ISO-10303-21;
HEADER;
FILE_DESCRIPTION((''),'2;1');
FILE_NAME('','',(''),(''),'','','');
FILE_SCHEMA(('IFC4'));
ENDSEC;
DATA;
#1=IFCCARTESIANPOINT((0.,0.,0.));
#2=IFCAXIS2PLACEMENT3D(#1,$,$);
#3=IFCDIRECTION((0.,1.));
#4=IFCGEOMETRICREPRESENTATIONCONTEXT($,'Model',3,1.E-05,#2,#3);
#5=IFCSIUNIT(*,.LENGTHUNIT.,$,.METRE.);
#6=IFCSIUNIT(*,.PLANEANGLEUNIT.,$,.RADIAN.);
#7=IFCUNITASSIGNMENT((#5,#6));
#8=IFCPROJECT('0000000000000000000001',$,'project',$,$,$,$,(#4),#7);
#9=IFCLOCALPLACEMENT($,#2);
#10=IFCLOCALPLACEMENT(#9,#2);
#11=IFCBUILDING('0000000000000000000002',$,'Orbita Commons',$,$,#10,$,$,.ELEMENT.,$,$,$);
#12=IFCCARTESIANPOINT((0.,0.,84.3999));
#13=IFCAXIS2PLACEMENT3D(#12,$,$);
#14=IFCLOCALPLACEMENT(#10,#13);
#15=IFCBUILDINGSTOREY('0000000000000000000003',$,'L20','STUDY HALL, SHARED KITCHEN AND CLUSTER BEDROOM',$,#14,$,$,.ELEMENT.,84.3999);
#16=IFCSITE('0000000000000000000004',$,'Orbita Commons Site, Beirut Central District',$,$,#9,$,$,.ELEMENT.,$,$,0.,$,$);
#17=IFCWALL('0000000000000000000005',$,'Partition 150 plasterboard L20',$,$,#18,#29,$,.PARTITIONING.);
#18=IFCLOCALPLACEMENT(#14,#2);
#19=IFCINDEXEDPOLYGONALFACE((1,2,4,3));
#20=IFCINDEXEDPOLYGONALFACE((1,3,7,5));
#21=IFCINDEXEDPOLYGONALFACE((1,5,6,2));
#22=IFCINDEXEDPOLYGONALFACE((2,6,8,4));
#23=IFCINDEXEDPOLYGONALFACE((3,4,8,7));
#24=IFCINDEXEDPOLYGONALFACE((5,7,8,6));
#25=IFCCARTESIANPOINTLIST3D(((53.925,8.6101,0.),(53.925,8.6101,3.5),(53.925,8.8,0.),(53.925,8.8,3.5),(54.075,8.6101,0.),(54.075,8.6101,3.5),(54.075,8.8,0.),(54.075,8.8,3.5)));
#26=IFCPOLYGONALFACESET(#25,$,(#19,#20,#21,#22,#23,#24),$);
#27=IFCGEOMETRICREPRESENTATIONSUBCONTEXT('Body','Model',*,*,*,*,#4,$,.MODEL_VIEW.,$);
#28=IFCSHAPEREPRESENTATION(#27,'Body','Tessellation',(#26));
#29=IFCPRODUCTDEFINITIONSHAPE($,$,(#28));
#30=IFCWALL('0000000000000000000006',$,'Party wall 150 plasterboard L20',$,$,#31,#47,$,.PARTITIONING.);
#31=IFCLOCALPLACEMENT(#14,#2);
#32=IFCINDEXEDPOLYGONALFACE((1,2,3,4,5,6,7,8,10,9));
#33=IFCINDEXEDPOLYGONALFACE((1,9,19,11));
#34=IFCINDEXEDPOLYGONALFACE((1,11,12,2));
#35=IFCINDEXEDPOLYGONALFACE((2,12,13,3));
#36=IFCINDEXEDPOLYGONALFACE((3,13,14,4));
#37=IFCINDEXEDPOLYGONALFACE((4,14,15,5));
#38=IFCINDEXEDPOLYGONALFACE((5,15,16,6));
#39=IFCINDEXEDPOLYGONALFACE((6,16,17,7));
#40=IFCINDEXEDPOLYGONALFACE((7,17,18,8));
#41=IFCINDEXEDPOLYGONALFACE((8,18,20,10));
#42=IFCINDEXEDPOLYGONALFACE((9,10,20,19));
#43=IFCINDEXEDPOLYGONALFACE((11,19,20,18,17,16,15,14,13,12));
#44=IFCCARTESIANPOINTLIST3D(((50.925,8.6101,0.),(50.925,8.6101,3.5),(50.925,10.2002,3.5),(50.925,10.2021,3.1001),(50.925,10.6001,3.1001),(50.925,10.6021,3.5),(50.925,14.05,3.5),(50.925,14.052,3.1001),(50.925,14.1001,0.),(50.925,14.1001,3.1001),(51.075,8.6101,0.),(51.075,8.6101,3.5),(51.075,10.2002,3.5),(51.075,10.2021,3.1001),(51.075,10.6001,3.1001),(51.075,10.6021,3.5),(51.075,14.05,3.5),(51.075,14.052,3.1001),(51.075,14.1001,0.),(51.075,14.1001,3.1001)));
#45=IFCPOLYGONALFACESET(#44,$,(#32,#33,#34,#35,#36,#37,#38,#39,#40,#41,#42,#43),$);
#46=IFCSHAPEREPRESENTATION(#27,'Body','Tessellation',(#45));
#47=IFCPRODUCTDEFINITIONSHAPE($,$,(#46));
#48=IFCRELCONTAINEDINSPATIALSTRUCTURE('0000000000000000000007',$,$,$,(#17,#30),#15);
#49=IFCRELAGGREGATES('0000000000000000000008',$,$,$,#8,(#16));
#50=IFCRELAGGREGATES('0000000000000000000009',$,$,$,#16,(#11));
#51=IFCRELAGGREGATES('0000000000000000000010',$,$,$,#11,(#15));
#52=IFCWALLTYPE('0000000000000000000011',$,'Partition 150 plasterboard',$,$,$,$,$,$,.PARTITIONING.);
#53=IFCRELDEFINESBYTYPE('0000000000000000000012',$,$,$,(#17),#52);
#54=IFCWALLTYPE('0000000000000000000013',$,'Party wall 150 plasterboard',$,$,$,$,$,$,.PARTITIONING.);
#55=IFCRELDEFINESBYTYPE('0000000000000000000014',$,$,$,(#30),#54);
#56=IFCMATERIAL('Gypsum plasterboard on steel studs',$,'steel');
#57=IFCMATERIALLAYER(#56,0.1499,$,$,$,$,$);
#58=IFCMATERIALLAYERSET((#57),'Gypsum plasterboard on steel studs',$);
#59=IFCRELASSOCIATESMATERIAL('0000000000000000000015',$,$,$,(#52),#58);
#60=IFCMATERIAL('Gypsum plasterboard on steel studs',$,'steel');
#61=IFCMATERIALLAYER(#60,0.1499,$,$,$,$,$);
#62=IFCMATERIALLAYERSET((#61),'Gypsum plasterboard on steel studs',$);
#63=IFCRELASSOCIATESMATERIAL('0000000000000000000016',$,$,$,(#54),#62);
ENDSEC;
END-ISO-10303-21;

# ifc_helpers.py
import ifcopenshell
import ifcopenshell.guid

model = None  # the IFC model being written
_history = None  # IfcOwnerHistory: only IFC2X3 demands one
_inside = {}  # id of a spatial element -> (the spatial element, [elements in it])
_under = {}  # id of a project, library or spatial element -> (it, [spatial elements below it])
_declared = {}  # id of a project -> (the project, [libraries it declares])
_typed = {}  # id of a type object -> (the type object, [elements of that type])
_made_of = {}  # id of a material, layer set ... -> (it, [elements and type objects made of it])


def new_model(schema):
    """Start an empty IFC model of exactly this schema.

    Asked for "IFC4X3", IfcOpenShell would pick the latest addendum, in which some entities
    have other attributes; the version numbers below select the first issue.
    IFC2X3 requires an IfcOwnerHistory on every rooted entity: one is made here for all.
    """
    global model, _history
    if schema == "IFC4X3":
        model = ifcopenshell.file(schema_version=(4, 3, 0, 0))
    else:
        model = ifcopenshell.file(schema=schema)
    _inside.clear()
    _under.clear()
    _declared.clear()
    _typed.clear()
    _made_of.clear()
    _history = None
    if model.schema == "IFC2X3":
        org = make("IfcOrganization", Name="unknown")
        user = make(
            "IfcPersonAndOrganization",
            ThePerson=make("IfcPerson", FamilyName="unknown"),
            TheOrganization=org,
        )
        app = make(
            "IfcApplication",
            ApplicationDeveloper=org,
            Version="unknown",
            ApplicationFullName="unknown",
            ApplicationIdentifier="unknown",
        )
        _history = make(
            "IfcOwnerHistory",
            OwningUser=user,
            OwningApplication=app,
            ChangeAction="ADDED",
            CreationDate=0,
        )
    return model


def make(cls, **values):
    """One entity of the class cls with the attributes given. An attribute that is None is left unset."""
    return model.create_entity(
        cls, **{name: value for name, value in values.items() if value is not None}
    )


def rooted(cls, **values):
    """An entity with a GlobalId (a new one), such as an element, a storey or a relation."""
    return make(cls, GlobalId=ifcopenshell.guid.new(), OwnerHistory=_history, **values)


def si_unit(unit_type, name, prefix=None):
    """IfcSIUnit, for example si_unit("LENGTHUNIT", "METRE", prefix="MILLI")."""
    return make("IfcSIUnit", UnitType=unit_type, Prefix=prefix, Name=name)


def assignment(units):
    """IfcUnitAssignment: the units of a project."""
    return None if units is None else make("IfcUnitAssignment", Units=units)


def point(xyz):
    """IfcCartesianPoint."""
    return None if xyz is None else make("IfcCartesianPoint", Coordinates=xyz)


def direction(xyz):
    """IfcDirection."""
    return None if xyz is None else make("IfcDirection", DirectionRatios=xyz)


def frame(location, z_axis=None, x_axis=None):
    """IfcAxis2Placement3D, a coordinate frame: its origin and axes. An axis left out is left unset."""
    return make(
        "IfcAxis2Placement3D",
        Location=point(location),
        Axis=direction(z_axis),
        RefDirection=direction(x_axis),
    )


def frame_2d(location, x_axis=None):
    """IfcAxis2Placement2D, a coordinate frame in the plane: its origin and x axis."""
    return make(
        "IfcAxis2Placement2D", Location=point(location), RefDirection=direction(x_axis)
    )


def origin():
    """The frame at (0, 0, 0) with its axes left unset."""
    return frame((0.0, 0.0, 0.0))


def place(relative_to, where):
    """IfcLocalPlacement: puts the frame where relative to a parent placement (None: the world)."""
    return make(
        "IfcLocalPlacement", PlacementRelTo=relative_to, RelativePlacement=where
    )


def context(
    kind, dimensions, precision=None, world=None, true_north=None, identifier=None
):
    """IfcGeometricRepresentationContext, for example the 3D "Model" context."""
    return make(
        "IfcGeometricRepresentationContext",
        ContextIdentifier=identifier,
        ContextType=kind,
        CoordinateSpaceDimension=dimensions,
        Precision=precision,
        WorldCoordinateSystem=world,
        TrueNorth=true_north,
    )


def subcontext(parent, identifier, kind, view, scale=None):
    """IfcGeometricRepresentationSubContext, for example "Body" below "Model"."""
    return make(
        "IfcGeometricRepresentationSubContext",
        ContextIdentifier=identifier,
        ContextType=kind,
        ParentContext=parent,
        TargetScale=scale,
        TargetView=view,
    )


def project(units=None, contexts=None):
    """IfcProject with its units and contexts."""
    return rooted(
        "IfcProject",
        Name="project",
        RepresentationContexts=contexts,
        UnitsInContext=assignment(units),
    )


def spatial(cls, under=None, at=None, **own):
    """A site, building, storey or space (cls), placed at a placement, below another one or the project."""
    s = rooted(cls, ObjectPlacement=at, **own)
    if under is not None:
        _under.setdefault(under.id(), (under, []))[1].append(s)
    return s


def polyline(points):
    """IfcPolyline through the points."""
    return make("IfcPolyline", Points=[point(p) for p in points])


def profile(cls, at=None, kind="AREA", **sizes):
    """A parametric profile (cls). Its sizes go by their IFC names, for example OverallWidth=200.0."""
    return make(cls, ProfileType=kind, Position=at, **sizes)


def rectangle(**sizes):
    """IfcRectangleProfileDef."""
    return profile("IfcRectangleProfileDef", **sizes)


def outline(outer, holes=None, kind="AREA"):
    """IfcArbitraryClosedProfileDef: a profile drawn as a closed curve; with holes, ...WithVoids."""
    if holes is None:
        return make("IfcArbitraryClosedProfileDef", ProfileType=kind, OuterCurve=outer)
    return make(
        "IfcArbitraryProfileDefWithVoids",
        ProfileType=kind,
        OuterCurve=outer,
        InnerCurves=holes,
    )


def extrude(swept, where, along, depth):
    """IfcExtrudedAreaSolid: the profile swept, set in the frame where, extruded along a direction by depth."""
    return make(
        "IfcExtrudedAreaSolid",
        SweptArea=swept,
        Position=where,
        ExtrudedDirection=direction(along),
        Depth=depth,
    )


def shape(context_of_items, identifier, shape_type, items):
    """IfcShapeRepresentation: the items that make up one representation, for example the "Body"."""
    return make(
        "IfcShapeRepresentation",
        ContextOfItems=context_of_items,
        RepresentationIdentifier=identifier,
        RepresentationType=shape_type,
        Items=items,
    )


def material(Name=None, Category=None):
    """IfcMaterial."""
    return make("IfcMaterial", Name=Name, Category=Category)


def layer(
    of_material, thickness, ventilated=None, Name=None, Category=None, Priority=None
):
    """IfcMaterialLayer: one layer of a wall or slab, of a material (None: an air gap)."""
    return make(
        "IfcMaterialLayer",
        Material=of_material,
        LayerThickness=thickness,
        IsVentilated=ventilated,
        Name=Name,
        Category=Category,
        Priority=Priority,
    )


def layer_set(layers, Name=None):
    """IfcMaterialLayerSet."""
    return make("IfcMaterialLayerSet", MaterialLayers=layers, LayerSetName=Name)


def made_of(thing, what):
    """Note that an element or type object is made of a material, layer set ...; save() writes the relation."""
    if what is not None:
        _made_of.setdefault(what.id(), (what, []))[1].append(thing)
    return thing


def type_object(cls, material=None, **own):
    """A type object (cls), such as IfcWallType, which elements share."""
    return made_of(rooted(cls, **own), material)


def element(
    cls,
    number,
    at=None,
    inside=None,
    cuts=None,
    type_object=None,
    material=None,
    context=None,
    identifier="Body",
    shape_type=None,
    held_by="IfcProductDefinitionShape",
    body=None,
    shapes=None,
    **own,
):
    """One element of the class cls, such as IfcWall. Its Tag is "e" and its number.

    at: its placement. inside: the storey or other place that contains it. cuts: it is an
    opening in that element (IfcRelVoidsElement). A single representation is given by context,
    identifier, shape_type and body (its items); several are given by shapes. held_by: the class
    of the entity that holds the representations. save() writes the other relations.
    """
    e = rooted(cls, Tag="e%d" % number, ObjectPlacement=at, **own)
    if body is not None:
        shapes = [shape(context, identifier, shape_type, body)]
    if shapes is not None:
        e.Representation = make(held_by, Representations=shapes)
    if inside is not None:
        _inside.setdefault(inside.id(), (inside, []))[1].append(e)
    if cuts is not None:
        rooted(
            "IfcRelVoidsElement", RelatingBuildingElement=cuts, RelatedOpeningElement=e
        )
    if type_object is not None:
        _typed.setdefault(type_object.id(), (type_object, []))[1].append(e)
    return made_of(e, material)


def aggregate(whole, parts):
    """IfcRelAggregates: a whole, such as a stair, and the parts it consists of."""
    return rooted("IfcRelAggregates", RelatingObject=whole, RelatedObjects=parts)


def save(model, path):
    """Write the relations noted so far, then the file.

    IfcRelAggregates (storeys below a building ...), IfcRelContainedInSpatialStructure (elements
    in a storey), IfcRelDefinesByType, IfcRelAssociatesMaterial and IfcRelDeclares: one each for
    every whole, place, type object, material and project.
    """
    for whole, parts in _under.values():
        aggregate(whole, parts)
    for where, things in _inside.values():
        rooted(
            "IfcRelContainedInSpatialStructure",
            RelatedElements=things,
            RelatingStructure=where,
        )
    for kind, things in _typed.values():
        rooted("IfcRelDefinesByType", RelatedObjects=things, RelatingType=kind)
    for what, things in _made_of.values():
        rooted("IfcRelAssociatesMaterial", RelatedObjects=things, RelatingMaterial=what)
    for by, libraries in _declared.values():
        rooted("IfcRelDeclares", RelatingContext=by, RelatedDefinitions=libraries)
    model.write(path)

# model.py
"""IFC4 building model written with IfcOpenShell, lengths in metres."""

from ifc_helpers import new_model, si_unit, direction, frame, frame_2d, origin, place, context, subcontext, project, spatial, polyline, rectangle, outline, extrude, material, layer, layer_set, type_object, element, save


model = new_model("IFC4")

# Units and contexts
model_context = context("Model", 3, precision=1e-05, world=origin(), true_north=direction((0.0, 1.0)))
body_context = subcontext(model_context, "Body", "Model", "MODEL_VIEW")
ifc_project = project(units=[si_unit("LENGTHUNIT", "METRE"), si_unit("PLANEANGLEUNIT", "RADIAN")], contexts=[model_context])

# Site, building, storey
site_placement = place(None, origin())
site = spatial("IfcSite", under=ifc_project, at=site_placement, Name="Orbita Commons Site, Beirut Central District", CompositionType="ELEMENT", RefElevation=0.0)
building_placement = place(site_placement, origin())
building = spatial("IfcBuilding", under=site, at=building_placement, Name="Orbita Commons", CompositionType="ELEMENT")
storey_placement = place(building_placement, frame((0.0, 0.0, 84.3999)))
storey = spatial("IfcBuildingStorey", under=building, at=storey_placement, Name="L20", Description="STUDY HALL, SHARED KITCHEN AND CLUSTER BEDROOM", CompositionType="ELEMENT", Elevation=84.3999)

# Walls
ifc_material_1 = material(Name="Gypsum plasterboard on steel studs", Category="steel")
ifc_layer_1 = layer(ifc_material_1, 0.1499)
ifc_layer_set_1 = layer_set([ifc_layer_1], Name="Gypsum plasterboard on steel studs")
wall_type_1 = type_object("IfcWallType", Name="Partition 150 plasterboard", PredefinedType="PARTITIONING", material=ifc_layer_set_1)
for number, where, z_axis, x_axis, name in (
    (1, (54.0, 8.8, 0.0), (0.0, 0.0, 1.0), (0.0, -1.0, 0.0), "Partition 150 plasterboard L20"),
):
    element("IfcWall", number, at=place(storey_placement, frame(where, z_axis=z_axis, x_axis=x_axis)), inside=storey, type_object=wall_type_1, Name=name, PredefinedType="PARTITIONING", context=body_context, shape_type="SweptSolid", body=[
        extrude(rectangle(XDim=0.1899, YDim=0.1499, at=frame_2d((0.095, 0.0))), origin(), (0.0, 0.0, 1.0), 3.5),
    ])
ifc_material_2 = material(Name="Gypsum plasterboard on steel studs", Category="steel")
ifc_layer_2 = layer(ifc_material_2, 0.1499)
ifc_layer_set_2 = layer_set([ifc_layer_2], Name="Gypsum plasterboard on steel studs")
wall_type_2 = type_object("IfcWallType", Name="Party wall 150 plasterboard", PredefinedType="PARTITIONING", material=ifc_layer_set_2)
wall_placement = place(storey_placement, frame((51.0, 8.6101, 0.0), z_axis=(0.0, 0.0, 1.0), x_axis=(0.0, 1.0, 0.0)))
element("IfcWall", 2, at=wall_placement, inside=storey, type_object=wall_type_2, Name="Party wall 150 plasterboard L20", PredefinedType="PARTITIONING", context=body_context, shape_type="SweptSolid", body=[
    extrude(outline(polyline([(0.0, 0.0), (5.49, 0.0), (5.49, 3.1001), (5.4419, 3.1001), (5.4399, 3.5), (1.9919, 3.5), (1.99, 3.1001), (1.592, 3.1001), (1.5901, 3.5), (0.0, 3.5), (0.0, 0.0)])), frame((0.0, 0.075, 0.0), z_axis=(0.0, -1.0, 0.0), x_axis=(1.0, 0.0, 0.0)), (0.0, 0.0, 1.0), 0.1499),
])

save(model, "model.ifc")
